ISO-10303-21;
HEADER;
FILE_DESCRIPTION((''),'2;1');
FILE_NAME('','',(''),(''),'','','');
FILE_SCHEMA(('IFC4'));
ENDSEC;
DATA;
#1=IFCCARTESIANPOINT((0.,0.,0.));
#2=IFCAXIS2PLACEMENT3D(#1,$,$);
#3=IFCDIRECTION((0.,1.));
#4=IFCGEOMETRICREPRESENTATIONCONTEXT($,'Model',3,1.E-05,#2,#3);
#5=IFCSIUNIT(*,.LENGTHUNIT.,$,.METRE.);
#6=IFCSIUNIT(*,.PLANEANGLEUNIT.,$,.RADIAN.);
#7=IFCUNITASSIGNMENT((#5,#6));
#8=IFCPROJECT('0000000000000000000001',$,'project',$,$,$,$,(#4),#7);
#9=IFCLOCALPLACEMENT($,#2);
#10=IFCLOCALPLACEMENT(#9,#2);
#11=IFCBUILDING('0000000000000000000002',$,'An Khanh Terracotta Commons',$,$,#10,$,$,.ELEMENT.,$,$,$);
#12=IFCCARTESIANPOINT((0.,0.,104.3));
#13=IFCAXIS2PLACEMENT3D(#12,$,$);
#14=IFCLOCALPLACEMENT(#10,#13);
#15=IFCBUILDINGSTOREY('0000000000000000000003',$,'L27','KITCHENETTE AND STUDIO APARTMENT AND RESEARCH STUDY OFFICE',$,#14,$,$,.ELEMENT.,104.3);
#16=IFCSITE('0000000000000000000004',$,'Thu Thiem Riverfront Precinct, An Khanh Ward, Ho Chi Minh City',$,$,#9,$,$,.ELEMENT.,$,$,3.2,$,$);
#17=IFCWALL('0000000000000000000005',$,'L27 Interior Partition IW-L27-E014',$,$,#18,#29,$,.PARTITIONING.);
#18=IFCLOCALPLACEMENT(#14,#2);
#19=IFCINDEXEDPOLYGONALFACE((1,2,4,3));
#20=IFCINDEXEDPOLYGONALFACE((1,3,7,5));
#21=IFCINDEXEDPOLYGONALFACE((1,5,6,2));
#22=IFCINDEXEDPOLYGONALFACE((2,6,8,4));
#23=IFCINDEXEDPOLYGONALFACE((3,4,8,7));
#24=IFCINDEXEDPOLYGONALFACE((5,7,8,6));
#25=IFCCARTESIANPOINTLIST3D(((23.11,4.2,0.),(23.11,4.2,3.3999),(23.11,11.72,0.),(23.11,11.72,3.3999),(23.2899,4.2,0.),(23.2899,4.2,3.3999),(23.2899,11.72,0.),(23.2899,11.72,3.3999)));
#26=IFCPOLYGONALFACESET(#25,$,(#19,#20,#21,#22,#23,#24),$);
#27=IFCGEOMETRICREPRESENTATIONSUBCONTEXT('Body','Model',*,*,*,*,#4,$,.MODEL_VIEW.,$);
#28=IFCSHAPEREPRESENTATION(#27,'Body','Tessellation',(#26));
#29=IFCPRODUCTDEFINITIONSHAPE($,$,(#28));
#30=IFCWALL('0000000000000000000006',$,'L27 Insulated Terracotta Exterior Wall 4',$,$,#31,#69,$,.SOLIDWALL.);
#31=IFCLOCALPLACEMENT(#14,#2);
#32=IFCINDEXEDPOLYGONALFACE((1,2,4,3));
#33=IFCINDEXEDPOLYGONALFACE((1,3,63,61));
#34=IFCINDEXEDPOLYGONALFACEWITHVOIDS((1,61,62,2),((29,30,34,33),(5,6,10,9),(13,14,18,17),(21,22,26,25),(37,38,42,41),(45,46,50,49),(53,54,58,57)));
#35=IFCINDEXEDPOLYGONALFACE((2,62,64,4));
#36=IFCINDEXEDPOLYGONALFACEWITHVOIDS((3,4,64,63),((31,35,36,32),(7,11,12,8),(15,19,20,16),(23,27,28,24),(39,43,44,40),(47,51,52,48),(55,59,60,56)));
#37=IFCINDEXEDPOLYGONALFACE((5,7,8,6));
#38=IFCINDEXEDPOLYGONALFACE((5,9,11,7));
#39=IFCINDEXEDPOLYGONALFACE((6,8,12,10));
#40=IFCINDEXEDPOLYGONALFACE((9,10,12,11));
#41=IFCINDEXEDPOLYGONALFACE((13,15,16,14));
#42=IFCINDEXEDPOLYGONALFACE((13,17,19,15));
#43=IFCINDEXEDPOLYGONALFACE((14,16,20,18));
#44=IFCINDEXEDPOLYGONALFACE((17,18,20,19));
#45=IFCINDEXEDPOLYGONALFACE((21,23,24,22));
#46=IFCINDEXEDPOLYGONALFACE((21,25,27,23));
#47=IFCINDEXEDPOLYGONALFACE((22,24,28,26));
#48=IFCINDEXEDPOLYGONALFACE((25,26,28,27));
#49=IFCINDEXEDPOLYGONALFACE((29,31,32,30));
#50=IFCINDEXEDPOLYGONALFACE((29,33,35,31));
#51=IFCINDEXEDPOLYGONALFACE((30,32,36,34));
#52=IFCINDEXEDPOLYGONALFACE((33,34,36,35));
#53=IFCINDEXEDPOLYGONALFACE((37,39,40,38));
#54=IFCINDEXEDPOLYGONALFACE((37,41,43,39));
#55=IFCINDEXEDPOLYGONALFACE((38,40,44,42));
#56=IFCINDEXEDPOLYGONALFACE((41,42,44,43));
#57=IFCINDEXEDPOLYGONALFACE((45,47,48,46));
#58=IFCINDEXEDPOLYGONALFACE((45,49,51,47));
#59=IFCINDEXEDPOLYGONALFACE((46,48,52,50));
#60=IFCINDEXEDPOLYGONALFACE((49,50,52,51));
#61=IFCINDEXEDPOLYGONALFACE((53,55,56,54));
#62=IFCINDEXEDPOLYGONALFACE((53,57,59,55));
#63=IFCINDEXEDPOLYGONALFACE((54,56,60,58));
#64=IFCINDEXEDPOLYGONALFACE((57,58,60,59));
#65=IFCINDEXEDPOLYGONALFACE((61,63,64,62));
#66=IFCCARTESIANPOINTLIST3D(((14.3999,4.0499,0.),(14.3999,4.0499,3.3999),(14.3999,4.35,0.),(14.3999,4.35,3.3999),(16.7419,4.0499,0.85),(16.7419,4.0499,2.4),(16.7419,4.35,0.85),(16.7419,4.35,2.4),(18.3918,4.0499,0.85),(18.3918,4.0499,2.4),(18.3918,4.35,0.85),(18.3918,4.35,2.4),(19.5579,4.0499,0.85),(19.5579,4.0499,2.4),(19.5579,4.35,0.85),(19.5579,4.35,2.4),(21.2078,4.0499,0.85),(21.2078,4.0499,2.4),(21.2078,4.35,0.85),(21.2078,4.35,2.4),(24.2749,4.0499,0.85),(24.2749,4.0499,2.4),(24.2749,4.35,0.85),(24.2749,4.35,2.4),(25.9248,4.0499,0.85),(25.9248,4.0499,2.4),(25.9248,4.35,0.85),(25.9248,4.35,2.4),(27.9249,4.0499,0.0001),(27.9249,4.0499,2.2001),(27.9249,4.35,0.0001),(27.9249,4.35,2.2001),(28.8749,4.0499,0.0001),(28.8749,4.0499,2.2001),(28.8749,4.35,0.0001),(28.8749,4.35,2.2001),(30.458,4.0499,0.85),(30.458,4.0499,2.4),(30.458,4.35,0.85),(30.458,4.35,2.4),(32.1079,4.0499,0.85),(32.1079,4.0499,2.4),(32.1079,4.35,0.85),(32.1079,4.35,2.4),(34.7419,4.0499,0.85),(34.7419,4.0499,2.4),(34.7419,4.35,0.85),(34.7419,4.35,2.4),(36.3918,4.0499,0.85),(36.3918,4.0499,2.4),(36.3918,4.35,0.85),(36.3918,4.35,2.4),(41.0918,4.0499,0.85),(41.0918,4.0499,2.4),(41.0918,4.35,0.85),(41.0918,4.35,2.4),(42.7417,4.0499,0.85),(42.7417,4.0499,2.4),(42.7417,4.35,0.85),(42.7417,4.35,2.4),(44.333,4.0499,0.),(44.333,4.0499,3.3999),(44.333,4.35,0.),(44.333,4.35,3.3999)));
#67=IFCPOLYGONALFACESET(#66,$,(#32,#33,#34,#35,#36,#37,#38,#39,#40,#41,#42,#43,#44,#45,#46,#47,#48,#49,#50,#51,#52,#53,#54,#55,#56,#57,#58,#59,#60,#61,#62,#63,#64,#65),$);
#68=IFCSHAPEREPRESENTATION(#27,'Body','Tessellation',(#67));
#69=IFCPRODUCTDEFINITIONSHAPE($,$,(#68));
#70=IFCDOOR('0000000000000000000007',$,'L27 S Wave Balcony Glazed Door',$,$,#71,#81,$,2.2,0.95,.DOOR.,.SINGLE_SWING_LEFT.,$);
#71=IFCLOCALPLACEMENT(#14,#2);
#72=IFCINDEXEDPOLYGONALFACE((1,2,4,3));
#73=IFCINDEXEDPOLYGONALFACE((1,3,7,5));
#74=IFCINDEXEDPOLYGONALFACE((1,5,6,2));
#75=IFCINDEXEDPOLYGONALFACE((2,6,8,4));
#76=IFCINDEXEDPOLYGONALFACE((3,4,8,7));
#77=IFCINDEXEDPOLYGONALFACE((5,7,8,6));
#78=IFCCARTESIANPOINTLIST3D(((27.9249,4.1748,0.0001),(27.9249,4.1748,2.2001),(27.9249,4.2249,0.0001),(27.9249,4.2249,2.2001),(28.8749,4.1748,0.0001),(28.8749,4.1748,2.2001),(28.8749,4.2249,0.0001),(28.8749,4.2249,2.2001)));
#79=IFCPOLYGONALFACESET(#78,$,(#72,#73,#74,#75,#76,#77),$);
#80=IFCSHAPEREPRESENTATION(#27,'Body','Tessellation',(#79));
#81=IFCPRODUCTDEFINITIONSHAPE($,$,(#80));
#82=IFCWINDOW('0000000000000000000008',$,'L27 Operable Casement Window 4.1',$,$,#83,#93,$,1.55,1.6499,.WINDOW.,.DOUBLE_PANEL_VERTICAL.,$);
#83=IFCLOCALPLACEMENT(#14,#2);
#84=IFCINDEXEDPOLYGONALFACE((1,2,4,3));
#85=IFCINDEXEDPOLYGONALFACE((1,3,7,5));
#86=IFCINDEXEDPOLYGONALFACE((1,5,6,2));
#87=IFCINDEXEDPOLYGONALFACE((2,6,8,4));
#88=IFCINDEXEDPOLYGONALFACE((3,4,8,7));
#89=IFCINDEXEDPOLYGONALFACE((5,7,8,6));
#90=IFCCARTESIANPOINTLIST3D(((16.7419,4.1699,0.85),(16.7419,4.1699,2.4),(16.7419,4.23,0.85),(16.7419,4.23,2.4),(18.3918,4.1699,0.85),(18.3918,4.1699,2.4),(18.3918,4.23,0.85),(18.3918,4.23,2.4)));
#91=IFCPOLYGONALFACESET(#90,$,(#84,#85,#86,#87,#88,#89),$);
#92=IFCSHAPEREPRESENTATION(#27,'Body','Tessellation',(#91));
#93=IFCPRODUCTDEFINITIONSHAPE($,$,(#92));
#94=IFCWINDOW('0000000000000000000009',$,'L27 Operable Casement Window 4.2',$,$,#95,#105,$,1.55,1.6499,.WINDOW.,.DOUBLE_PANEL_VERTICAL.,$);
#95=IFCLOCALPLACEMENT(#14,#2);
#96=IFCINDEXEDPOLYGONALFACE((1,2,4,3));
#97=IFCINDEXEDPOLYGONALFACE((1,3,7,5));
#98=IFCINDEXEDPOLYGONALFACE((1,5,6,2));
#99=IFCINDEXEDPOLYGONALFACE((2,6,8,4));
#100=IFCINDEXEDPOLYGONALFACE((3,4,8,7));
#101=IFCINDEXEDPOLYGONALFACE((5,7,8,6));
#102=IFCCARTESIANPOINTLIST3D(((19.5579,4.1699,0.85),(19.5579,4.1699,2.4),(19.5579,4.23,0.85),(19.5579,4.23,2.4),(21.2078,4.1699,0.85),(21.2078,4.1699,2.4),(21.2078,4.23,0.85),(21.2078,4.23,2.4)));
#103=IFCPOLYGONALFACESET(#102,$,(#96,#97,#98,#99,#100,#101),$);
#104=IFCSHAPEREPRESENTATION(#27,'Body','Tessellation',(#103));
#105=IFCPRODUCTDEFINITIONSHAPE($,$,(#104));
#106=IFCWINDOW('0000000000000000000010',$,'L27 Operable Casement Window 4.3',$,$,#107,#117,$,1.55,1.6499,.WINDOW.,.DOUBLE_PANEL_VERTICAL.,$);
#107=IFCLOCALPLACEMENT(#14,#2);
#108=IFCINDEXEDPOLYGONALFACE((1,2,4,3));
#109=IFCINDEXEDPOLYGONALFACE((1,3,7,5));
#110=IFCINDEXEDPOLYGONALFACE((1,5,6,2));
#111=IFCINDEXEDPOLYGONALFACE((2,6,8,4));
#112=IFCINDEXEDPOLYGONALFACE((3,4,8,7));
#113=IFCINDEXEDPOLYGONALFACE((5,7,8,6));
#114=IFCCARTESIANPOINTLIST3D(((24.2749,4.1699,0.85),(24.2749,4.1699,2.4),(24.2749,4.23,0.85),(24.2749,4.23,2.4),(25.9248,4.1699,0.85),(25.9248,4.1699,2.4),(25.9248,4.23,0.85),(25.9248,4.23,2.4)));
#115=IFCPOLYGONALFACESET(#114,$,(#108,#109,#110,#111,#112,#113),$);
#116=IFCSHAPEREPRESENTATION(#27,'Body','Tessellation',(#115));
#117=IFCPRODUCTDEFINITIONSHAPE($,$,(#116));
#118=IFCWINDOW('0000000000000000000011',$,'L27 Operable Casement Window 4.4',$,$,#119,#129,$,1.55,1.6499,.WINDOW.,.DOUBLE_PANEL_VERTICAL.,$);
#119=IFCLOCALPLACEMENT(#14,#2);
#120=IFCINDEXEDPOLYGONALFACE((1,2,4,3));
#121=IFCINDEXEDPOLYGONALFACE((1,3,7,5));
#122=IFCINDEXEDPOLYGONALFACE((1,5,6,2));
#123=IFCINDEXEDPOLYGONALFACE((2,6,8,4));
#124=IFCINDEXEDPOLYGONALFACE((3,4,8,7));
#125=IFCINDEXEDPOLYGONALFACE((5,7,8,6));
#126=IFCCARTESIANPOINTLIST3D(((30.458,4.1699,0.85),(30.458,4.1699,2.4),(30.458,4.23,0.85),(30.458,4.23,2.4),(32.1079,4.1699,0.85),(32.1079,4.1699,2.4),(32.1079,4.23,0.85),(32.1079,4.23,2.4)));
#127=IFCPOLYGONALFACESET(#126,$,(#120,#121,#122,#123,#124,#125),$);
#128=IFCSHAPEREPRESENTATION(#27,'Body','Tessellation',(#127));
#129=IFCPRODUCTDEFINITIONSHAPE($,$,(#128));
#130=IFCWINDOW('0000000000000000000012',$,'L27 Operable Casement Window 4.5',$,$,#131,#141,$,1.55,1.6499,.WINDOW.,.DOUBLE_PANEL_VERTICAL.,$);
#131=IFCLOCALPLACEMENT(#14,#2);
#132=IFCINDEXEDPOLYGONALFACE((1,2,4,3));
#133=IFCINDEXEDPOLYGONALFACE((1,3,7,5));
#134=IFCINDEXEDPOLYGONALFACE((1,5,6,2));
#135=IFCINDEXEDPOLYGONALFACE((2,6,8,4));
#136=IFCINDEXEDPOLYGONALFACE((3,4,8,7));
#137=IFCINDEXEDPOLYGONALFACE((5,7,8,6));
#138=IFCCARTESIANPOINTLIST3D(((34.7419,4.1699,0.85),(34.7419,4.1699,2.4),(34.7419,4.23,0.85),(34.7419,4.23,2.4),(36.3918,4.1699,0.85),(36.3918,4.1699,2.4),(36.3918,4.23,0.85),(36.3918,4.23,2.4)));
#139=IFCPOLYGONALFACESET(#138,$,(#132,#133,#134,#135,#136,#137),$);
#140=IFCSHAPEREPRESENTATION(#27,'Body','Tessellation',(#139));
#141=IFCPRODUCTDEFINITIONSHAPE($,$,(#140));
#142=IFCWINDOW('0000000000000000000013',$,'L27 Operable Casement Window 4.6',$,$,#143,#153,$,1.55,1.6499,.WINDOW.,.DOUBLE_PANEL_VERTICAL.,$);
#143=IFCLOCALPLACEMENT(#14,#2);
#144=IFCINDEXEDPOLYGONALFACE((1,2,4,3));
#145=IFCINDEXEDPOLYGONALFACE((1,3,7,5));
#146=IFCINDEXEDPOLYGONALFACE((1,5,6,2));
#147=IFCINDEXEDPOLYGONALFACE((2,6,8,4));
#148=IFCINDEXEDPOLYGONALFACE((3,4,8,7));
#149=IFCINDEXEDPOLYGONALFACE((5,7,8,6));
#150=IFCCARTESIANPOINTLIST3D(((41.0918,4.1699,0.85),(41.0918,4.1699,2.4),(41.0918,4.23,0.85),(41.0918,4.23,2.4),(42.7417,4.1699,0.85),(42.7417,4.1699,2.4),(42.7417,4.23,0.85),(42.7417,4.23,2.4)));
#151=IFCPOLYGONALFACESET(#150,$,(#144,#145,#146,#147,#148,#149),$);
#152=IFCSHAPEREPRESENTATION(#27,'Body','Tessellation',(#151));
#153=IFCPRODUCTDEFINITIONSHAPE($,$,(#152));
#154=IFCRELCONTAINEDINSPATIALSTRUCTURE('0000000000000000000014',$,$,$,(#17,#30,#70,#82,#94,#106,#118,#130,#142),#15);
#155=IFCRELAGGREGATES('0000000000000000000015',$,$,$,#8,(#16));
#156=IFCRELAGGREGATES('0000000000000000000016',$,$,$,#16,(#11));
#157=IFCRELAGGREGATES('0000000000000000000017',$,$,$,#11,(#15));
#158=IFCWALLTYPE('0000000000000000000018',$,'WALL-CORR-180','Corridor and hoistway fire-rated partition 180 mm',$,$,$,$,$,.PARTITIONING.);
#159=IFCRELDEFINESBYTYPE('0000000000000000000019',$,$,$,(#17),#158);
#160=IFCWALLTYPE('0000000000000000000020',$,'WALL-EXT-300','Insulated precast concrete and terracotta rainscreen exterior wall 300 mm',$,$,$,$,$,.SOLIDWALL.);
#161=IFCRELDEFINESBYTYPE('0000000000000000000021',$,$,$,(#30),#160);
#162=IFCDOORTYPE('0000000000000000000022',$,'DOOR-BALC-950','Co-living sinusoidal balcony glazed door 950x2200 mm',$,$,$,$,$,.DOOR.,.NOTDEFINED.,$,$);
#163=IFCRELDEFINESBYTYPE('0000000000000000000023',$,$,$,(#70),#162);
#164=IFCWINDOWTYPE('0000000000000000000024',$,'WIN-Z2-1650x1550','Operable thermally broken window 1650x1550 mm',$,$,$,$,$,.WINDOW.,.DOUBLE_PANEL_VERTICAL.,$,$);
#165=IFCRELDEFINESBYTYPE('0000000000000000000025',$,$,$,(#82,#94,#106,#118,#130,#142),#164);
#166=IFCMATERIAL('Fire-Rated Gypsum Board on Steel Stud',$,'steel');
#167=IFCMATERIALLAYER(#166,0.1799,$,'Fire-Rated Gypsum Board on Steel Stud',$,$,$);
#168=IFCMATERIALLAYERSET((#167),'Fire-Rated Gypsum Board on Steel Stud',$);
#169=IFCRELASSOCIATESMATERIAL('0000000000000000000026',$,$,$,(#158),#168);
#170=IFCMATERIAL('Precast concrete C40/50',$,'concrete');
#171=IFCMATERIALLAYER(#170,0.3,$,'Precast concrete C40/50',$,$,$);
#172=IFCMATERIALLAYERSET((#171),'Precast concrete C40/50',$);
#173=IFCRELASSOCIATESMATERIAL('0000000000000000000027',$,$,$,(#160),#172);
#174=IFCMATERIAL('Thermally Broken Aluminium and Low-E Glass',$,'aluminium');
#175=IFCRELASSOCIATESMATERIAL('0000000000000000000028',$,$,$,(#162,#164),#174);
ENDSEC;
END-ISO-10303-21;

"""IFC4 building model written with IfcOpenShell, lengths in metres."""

from ifc_helpers import new_model, si_unit, direction, frame, frame_2d, origin, place, context, subcontext, project, spatial, rectangle, extrude, material, layer, layer_set, type_object, element, fill, save


model = new_model("IFC4")

# Units and contexts
model_context = context("Model", 3, precision=1e-05, world=origin(), true_north=direction((0.0, 1.0)))
body_context = subcontext(model_context, "Body", "Model", "MODEL_VIEW")
ifc_project = project(units=[si_unit("LENGTHUNIT", "METRE"), si_unit("PLANEANGLEUNIT", "RADIAN")], contexts=[model_context])

# Site, building, storey
site_placement = place(None, origin())
site = spatial("IfcSite", under=ifc_project, at=site_placement, Name="Thu Thiem Riverfront Precinct, An Khanh Ward, Ho Chi Minh City", CompositionType="ELEMENT", RefElevation=3.2)
building_placement = place(site_placement, origin())
building = spatial("IfcBuilding", under=site, at=building_placement, Name="An Khanh Terracotta Commons", CompositionType="ELEMENT")
storey_placement = place(building_placement, frame((0.0, 0.0, 104.3)))
storey = spatial("IfcBuildingStorey", under=building, at=storey_placement, Name="L27", Description="KITCHENETTE AND STUDIO APARTMENT AND RESEARCH STUDY OFFICE", CompositionType="ELEMENT", Elevation=104.3)

# Shared definitions
ifc_material_1 = material(Name="Fire-Rated Gypsum Board on Steel Stud", Category="steel")
ifc_layer_1 = layer(ifc_material_1, 0.1799, Name="Fire-Rated Gypsum Board on Steel Stud")
ifc_layer_set_1 = layer_set([ifc_layer_1], Name="Fire-Rated Gypsum Board on Steel Stud")
wall_type_1 = type_object("IfcWallType", Name="WALL-CORR-180", Description="Corridor and hoistway fire-rated partition 180 mm", PredefinedType="PARTITIONING", material=ifc_layer_set_1)

# Wall
wall_1_placement = place(storey_placement, frame((23.2, 4.2, 0.0), z_axis=(0.0, 0.0, 1.0), x_axis=(0.0, 1.0, 0.0)))
element("IfcWall", 1, at=wall_1_placement, inside=storey, type_object=wall_type_1, Name="L27 Interior Partition IW-L27-E014", PredefinedType="PARTITIONING", context=body_context, shape_type="SweptSolid", body=[
    extrude(rectangle(XDim=7.52, YDim=0.1799, at=frame_2d((3.76, 0.0))), origin(), (0.0, 0.0, 1.0), 3.3999),
])

# Wall, openings, door, windows
ifc_material_2 = material(Name="Precast concrete C40/50", Category="concrete")
ifc_layer_2 = layer(ifc_material_2, 0.3, Name="Precast concrete C40/50")
ifc_layer_set_2 = layer_set([ifc_layer_2], Name="Precast concrete C40/50")
wall_type_2 = type_object("IfcWallType", Name="WALL-EXT-300", Description="Insulated precast concrete and terracotta rainscreen exterior wall 300 mm", PredefinedType="SOLIDWALL", material=ifc_layer_set_2)
wall_2_placement = place(storey_placement, frame((14.3999, 4.2, 0.0), z_axis=(0.0, 0.0, 1.0), x_axis=(1.0, 0.0, 0.0)))
wall_2 = element("IfcWall", 2, at=wall_2_placement, inside=storey, type_object=wall_type_2, Name="L27 Insulated Terracotta Exterior Wall 4", PredefinedType="SOLIDWALL", context=body_context, shape_type="SweptSolid", body=[
    extrude(rectangle(XDim=29.9331, YDim=0.3, at=frame_2d((14.9666, 0.0))), origin(), (0.0, 0.0, 1.0), 3.3999),
])
opening_1_placement = place(wall_2_placement, frame((13.5249, 0.0, 0.0)))
opening_1 = element("IfcOpeningElement", 3, at=opening_1_placement, cuts=wall_2, PredefinedType="OPENING", context=body_context, shape_type="SweptSolid", body=[
    extrude(rectangle(XDim=0.95, YDim=2.2, at=frame_2d((0.4751, 1.1001))), frame((0.0, 0.1599, 0.0), z_axis=(0.0, -1.0, 0.0), x_axis=(1.0, 0.0, 0.0)), (0.0, 0.0, 1.0), 0.3201),
])
opening_2_placement = place(wall_2_placement, frame((2.342, 0.0, 0.8501)))
opening_2 = element("IfcOpeningElement", 4, at=opening_2_placement, cuts=wall_2, PredefinedType="OPENING", context=body_context, shape_type="SweptSolid", body=[
    extrude(rectangle(XDim=1.6499, YDim=1.55, at=frame_2d((0.825, 0.7749))), frame((0.0, 0.1599, 0.0), z_axis=(0.0, -1.0, 0.0), x_axis=(1.0, 0.0, 0.0)), (0.0, 0.0, 1.0), 0.3201),
])
opening_3_placement = place(wall_2_placement, frame((5.158, 0.0, 0.8501)))
opening_3 = element("IfcOpeningElement", 5, at=opening_3_placement, cuts=wall_2, PredefinedType="OPENING", context=body_context, shape_type="SweptSolid", body=[
    extrude(rectangle(XDim=1.6499, YDim=1.55, at=frame_2d((0.825, 0.7749))), frame((0.0, 0.1599, 0.0), z_axis=(0.0, -1.0, 0.0), x_axis=(1.0, 0.0, 0.0)), (0.0, 0.0, 1.0), 0.3201),
])
opening_4_placement = place(wall_2_placement, frame((9.875, 0.0, 0.8501)))
opening_4 = element("IfcOpeningElement", 6, at=opening_4_placement, cuts=wall_2, PredefinedType="OPENING", context=body_context, shape_type="SweptSolid", body=[
    extrude(rectangle(XDim=1.6499, YDim=1.55, at=frame_2d((0.825, 0.7749))), frame((0.0, 0.1599, 0.0), z_axis=(0.0, -1.0, 0.0), x_axis=(1.0, 0.0, 0.0)), (0.0, 0.0, 1.0), 0.3201),
])
opening_5_placement = place(wall_2_placement, frame((16.0581, 0.0, 0.8501)))
opening_5 = element("IfcOpeningElement", 7, at=opening_5_placement, cuts=wall_2, PredefinedType="OPENING", context=body_context, shape_type="SweptSolid", body=[
    extrude(rectangle(XDim=1.6499, YDim=1.55, at=frame_2d((0.825, 0.7749))), frame((0.0, 0.1599, 0.0), z_axis=(0.0, -1.0, 0.0), x_axis=(1.0, 0.0, 0.0)), (0.0, 0.0, 1.0), 0.3201),
])
opening_6_placement = place(wall_2_placement, frame((20.342, 0.0, 0.8501)))
opening_6 = element("IfcOpeningElement", 8, at=opening_6_placement, cuts=wall_2, PredefinedType="OPENING", context=body_context, shape_type="SweptSolid", body=[
    extrude(rectangle(XDim=1.6499, YDim=1.55, at=frame_2d((0.825, 0.7749))), frame((0.0, 0.1599, 0.0), z_axis=(0.0, -1.0, 0.0), x_axis=(1.0, 0.0, 0.0)), (0.0, 0.0, 1.0), 0.3201),
])
opening_7_placement = place(wall_2_placement, frame((26.6919, 0.0, 0.8501)))
opening_7 = element("IfcOpeningElement", 9, at=opening_7_placement, cuts=wall_2, PredefinedType="OPENING", context=body_context, shape_type="SweptSolid", body=[
    extrude(rectangle(XDim=1.6499, YDim=1.55, at=frame_2d((0.825, 0.7749))), frame((0.0, 0.1599, 0.0), z_axis=(0.0, -1.0, 0.0), x_axis=(1.0, 0.0, 0.0)), (0.0, 0.0, 1.0), 0.3201),
])
ifc_material_3 = material(Name="Thermally Broken Aluminium and Low-E Glass", Category="aluminium")
door_type_1 = type_object("IfcDoorType", Name="DOOR-BALC-950", Description="Co-living sinusoidal balcony glazed door 950x2200 mm", OperationType="NOTDEFINED", PredefinedType="DOOR", material=ifc_material_3)
door_1_placement = place(opening_1_placement, origin())
door_1 = element("IfcDoor", 10, at=door_1_placement, inside=storey, type_object=door_type_1, Name="L27 S Wave Balcony Glazed Door", OperationType="SINGLE_SWING_LEFT", OverallHeight=2.2, OverallWidth=0.95, PredefinedType="DOOR", context=body_context, shape_type="SweptSolid", body=[
    extrude(rectangle(XDim=0.95, YDim=2.2, at=frame_2d((0.4751, 1.1001))), frame((0.0, 0.0249, 0.0), z_axis=(0.0, -1.0, 0.0), x_axis=(1.0, 0.0, 0.0)), (0.0, 0.0, 1.0), 0.05),
])
fill(opening_1, door_1)
window_type = type_object("IfcWindowType", Name="WIN-Z2-1650x1550", Description="Operable thermally broken window 1650x1550 mm", PartitioningType="DOUBLE_PANEL_VERTICAL", PredefinedType="WINDOW", material=ifc_material_3)
window_1_placement = place(opening_2_placement, origin())
window_1 = element("IfcWindow", 11, at=window_1_placement, inside=storey, type_object=window_type, Name="L27 Operable Casement Window 4.1", OverallHeight=1.55, OverallWidth=1.6499, PartitioningType="DOUBLE_PANEL_VERTICAL", PredefinedType="WINDOW", context=body_context, shape_type="SweptSolid", body=[
    extrude(rectangle(XDim=1.6499, YDim=1.55, at=frame_2d((0.825, 0.7749))), frame((0.0, 0.03, 0.0), z_axis=(0.0, -1.0, 0.0), x_axis=(1.0, 0.0, 0.0)), (0.0, 0.0, 1.0), 0.0601),
])
fill(opening_2, window_1)
window_2_placement = place(opening_3_placement, origin())
window_2 = element("IfcWindow", 12, at=window_2_placement, inside=storey, type_object=window_type, Name="L27 Operable Casement Window 4.2", OverallHeight=1.55, OverallWidth=1.6499, PartitioningType="DOUBLE_PANEL_VERTICAL", PredefinedType="WINDOW", context=body_context, shape_type="SweptSolid", body=[
    extrude(rectangle(XDim=1.6499, YDim=1.55, at=frame_2d((0.825, 0.7749))), frame((0.0, 0.03, 0.0), z_axis=(0.0, -1.0, 0.0), x_axis=(1.0, 0.0, 0.0)), (0.0, 0.0, 1.0), 0.0601),
])
fill(opening_3, window_2)
window_3_placement = place(opening_4_placement, origin())
window_3 = element("IfcWindow", 13, at=window_3_placement, inside=storey, type_object=window_type, Name="L27 Operable Casement Window 4.3", OverallHeight=1.55, OverallWidth=1.6499, PartitioningType="DOUBLE_PANEL_VERTICAL", PredefinedType="WINDOW", context=body_context, shape_type="SweptSolid", body=[
    extrude(rectangle(XDim=1.6499, YDim=1.55, at=frame_2d((0.825, 0.7749))), frame((0.0, 0.03, 0.0), z_axis=(0.0, -1.0, 0.0), x_axis=(1.0, 0.0, 0.0)), (0.0, 0.0, 1.0), 0.0601),
])
fill(opening_4, window_3)
window_4_placement = place(opening_5_placement, origin())
window_4 = element("IfcWindow", 14, at=window_4_placement, inside=storey, type_object=window_type, Name="L27 Operable Casement Window 4.4", OverallHeight=1.55, OverallWidth=1.6499, PartitioningType="DOUBLE_PANEL_VERTICAL", PredefinedType="WINDOW", context=body_context, shape_type="SweptSolid", body=[
    extrude(rectangle(XDim=1.6499, YDim=1.55, at=frame_2d((0.825, 0.7749))), frame((0.0, 0.03, 0.0), z_axis=(0.0, -1.0, 0.0), x_axis=(1.0, 0.0, 0.0)), (0.0, 0.0, 1.0), 0.0601),
])
fill(opening_5, window_4)
window_5_placement = place(opening_6_placement, origin())
window_5 = element("IfcWindow", 15, at=window_5_placement, inside=storey, type_object=window_type, Name="L27 Operable Casement Window 4.5", OverallHeight=1.55, OverallWidth=1.6499, PartitioningType="DOUBLE_PANEL_VERTICAL", PredefinedType="WINDOW", context=body_context, shape_type="SweptSolid", body=[
    extrude(rectangle(XDim=1.6499, YDim=1.55, at=frame_2d((0.825, 0.7749))), frame((0.0, 0.03, 0.0), z_axis=(0.0, -1.0, 0.0), x_axis=(1.0, 0.0, 0.0)), (0.0, 0.0, 1.0), 0.0601),
])
fill(opening_6, window_5)
window_6_placement = place(opening_7_placement, origin())
window_6 = element("IfcWindow", 16, at=window_6_placement, inside=storey, type_object=window_type, Name="L27 Operable Casement Window 4.6", OverallHeight=1.55, OverallWidth=1.6499, PartitioningType="DOUBLE_PANEL_VERTICAL", PredefinedType="WINDOW", context=body_context, shape_type="SweptSolid", body=[
    extrude(rectangle(XDim=1.6499, YDim=1.55, at=frame_2d((0.825, 0.7749))), frame((0.0, 0.03, 0.0), z_axis=(0.0, -1.0, 0.0), x_axis=(1.0, 0.0, 0.0)), (0.0, 0.0, 1.0), 0.0601),
])
fill(opening_7, window_6)

save(model, "model.ifc")
